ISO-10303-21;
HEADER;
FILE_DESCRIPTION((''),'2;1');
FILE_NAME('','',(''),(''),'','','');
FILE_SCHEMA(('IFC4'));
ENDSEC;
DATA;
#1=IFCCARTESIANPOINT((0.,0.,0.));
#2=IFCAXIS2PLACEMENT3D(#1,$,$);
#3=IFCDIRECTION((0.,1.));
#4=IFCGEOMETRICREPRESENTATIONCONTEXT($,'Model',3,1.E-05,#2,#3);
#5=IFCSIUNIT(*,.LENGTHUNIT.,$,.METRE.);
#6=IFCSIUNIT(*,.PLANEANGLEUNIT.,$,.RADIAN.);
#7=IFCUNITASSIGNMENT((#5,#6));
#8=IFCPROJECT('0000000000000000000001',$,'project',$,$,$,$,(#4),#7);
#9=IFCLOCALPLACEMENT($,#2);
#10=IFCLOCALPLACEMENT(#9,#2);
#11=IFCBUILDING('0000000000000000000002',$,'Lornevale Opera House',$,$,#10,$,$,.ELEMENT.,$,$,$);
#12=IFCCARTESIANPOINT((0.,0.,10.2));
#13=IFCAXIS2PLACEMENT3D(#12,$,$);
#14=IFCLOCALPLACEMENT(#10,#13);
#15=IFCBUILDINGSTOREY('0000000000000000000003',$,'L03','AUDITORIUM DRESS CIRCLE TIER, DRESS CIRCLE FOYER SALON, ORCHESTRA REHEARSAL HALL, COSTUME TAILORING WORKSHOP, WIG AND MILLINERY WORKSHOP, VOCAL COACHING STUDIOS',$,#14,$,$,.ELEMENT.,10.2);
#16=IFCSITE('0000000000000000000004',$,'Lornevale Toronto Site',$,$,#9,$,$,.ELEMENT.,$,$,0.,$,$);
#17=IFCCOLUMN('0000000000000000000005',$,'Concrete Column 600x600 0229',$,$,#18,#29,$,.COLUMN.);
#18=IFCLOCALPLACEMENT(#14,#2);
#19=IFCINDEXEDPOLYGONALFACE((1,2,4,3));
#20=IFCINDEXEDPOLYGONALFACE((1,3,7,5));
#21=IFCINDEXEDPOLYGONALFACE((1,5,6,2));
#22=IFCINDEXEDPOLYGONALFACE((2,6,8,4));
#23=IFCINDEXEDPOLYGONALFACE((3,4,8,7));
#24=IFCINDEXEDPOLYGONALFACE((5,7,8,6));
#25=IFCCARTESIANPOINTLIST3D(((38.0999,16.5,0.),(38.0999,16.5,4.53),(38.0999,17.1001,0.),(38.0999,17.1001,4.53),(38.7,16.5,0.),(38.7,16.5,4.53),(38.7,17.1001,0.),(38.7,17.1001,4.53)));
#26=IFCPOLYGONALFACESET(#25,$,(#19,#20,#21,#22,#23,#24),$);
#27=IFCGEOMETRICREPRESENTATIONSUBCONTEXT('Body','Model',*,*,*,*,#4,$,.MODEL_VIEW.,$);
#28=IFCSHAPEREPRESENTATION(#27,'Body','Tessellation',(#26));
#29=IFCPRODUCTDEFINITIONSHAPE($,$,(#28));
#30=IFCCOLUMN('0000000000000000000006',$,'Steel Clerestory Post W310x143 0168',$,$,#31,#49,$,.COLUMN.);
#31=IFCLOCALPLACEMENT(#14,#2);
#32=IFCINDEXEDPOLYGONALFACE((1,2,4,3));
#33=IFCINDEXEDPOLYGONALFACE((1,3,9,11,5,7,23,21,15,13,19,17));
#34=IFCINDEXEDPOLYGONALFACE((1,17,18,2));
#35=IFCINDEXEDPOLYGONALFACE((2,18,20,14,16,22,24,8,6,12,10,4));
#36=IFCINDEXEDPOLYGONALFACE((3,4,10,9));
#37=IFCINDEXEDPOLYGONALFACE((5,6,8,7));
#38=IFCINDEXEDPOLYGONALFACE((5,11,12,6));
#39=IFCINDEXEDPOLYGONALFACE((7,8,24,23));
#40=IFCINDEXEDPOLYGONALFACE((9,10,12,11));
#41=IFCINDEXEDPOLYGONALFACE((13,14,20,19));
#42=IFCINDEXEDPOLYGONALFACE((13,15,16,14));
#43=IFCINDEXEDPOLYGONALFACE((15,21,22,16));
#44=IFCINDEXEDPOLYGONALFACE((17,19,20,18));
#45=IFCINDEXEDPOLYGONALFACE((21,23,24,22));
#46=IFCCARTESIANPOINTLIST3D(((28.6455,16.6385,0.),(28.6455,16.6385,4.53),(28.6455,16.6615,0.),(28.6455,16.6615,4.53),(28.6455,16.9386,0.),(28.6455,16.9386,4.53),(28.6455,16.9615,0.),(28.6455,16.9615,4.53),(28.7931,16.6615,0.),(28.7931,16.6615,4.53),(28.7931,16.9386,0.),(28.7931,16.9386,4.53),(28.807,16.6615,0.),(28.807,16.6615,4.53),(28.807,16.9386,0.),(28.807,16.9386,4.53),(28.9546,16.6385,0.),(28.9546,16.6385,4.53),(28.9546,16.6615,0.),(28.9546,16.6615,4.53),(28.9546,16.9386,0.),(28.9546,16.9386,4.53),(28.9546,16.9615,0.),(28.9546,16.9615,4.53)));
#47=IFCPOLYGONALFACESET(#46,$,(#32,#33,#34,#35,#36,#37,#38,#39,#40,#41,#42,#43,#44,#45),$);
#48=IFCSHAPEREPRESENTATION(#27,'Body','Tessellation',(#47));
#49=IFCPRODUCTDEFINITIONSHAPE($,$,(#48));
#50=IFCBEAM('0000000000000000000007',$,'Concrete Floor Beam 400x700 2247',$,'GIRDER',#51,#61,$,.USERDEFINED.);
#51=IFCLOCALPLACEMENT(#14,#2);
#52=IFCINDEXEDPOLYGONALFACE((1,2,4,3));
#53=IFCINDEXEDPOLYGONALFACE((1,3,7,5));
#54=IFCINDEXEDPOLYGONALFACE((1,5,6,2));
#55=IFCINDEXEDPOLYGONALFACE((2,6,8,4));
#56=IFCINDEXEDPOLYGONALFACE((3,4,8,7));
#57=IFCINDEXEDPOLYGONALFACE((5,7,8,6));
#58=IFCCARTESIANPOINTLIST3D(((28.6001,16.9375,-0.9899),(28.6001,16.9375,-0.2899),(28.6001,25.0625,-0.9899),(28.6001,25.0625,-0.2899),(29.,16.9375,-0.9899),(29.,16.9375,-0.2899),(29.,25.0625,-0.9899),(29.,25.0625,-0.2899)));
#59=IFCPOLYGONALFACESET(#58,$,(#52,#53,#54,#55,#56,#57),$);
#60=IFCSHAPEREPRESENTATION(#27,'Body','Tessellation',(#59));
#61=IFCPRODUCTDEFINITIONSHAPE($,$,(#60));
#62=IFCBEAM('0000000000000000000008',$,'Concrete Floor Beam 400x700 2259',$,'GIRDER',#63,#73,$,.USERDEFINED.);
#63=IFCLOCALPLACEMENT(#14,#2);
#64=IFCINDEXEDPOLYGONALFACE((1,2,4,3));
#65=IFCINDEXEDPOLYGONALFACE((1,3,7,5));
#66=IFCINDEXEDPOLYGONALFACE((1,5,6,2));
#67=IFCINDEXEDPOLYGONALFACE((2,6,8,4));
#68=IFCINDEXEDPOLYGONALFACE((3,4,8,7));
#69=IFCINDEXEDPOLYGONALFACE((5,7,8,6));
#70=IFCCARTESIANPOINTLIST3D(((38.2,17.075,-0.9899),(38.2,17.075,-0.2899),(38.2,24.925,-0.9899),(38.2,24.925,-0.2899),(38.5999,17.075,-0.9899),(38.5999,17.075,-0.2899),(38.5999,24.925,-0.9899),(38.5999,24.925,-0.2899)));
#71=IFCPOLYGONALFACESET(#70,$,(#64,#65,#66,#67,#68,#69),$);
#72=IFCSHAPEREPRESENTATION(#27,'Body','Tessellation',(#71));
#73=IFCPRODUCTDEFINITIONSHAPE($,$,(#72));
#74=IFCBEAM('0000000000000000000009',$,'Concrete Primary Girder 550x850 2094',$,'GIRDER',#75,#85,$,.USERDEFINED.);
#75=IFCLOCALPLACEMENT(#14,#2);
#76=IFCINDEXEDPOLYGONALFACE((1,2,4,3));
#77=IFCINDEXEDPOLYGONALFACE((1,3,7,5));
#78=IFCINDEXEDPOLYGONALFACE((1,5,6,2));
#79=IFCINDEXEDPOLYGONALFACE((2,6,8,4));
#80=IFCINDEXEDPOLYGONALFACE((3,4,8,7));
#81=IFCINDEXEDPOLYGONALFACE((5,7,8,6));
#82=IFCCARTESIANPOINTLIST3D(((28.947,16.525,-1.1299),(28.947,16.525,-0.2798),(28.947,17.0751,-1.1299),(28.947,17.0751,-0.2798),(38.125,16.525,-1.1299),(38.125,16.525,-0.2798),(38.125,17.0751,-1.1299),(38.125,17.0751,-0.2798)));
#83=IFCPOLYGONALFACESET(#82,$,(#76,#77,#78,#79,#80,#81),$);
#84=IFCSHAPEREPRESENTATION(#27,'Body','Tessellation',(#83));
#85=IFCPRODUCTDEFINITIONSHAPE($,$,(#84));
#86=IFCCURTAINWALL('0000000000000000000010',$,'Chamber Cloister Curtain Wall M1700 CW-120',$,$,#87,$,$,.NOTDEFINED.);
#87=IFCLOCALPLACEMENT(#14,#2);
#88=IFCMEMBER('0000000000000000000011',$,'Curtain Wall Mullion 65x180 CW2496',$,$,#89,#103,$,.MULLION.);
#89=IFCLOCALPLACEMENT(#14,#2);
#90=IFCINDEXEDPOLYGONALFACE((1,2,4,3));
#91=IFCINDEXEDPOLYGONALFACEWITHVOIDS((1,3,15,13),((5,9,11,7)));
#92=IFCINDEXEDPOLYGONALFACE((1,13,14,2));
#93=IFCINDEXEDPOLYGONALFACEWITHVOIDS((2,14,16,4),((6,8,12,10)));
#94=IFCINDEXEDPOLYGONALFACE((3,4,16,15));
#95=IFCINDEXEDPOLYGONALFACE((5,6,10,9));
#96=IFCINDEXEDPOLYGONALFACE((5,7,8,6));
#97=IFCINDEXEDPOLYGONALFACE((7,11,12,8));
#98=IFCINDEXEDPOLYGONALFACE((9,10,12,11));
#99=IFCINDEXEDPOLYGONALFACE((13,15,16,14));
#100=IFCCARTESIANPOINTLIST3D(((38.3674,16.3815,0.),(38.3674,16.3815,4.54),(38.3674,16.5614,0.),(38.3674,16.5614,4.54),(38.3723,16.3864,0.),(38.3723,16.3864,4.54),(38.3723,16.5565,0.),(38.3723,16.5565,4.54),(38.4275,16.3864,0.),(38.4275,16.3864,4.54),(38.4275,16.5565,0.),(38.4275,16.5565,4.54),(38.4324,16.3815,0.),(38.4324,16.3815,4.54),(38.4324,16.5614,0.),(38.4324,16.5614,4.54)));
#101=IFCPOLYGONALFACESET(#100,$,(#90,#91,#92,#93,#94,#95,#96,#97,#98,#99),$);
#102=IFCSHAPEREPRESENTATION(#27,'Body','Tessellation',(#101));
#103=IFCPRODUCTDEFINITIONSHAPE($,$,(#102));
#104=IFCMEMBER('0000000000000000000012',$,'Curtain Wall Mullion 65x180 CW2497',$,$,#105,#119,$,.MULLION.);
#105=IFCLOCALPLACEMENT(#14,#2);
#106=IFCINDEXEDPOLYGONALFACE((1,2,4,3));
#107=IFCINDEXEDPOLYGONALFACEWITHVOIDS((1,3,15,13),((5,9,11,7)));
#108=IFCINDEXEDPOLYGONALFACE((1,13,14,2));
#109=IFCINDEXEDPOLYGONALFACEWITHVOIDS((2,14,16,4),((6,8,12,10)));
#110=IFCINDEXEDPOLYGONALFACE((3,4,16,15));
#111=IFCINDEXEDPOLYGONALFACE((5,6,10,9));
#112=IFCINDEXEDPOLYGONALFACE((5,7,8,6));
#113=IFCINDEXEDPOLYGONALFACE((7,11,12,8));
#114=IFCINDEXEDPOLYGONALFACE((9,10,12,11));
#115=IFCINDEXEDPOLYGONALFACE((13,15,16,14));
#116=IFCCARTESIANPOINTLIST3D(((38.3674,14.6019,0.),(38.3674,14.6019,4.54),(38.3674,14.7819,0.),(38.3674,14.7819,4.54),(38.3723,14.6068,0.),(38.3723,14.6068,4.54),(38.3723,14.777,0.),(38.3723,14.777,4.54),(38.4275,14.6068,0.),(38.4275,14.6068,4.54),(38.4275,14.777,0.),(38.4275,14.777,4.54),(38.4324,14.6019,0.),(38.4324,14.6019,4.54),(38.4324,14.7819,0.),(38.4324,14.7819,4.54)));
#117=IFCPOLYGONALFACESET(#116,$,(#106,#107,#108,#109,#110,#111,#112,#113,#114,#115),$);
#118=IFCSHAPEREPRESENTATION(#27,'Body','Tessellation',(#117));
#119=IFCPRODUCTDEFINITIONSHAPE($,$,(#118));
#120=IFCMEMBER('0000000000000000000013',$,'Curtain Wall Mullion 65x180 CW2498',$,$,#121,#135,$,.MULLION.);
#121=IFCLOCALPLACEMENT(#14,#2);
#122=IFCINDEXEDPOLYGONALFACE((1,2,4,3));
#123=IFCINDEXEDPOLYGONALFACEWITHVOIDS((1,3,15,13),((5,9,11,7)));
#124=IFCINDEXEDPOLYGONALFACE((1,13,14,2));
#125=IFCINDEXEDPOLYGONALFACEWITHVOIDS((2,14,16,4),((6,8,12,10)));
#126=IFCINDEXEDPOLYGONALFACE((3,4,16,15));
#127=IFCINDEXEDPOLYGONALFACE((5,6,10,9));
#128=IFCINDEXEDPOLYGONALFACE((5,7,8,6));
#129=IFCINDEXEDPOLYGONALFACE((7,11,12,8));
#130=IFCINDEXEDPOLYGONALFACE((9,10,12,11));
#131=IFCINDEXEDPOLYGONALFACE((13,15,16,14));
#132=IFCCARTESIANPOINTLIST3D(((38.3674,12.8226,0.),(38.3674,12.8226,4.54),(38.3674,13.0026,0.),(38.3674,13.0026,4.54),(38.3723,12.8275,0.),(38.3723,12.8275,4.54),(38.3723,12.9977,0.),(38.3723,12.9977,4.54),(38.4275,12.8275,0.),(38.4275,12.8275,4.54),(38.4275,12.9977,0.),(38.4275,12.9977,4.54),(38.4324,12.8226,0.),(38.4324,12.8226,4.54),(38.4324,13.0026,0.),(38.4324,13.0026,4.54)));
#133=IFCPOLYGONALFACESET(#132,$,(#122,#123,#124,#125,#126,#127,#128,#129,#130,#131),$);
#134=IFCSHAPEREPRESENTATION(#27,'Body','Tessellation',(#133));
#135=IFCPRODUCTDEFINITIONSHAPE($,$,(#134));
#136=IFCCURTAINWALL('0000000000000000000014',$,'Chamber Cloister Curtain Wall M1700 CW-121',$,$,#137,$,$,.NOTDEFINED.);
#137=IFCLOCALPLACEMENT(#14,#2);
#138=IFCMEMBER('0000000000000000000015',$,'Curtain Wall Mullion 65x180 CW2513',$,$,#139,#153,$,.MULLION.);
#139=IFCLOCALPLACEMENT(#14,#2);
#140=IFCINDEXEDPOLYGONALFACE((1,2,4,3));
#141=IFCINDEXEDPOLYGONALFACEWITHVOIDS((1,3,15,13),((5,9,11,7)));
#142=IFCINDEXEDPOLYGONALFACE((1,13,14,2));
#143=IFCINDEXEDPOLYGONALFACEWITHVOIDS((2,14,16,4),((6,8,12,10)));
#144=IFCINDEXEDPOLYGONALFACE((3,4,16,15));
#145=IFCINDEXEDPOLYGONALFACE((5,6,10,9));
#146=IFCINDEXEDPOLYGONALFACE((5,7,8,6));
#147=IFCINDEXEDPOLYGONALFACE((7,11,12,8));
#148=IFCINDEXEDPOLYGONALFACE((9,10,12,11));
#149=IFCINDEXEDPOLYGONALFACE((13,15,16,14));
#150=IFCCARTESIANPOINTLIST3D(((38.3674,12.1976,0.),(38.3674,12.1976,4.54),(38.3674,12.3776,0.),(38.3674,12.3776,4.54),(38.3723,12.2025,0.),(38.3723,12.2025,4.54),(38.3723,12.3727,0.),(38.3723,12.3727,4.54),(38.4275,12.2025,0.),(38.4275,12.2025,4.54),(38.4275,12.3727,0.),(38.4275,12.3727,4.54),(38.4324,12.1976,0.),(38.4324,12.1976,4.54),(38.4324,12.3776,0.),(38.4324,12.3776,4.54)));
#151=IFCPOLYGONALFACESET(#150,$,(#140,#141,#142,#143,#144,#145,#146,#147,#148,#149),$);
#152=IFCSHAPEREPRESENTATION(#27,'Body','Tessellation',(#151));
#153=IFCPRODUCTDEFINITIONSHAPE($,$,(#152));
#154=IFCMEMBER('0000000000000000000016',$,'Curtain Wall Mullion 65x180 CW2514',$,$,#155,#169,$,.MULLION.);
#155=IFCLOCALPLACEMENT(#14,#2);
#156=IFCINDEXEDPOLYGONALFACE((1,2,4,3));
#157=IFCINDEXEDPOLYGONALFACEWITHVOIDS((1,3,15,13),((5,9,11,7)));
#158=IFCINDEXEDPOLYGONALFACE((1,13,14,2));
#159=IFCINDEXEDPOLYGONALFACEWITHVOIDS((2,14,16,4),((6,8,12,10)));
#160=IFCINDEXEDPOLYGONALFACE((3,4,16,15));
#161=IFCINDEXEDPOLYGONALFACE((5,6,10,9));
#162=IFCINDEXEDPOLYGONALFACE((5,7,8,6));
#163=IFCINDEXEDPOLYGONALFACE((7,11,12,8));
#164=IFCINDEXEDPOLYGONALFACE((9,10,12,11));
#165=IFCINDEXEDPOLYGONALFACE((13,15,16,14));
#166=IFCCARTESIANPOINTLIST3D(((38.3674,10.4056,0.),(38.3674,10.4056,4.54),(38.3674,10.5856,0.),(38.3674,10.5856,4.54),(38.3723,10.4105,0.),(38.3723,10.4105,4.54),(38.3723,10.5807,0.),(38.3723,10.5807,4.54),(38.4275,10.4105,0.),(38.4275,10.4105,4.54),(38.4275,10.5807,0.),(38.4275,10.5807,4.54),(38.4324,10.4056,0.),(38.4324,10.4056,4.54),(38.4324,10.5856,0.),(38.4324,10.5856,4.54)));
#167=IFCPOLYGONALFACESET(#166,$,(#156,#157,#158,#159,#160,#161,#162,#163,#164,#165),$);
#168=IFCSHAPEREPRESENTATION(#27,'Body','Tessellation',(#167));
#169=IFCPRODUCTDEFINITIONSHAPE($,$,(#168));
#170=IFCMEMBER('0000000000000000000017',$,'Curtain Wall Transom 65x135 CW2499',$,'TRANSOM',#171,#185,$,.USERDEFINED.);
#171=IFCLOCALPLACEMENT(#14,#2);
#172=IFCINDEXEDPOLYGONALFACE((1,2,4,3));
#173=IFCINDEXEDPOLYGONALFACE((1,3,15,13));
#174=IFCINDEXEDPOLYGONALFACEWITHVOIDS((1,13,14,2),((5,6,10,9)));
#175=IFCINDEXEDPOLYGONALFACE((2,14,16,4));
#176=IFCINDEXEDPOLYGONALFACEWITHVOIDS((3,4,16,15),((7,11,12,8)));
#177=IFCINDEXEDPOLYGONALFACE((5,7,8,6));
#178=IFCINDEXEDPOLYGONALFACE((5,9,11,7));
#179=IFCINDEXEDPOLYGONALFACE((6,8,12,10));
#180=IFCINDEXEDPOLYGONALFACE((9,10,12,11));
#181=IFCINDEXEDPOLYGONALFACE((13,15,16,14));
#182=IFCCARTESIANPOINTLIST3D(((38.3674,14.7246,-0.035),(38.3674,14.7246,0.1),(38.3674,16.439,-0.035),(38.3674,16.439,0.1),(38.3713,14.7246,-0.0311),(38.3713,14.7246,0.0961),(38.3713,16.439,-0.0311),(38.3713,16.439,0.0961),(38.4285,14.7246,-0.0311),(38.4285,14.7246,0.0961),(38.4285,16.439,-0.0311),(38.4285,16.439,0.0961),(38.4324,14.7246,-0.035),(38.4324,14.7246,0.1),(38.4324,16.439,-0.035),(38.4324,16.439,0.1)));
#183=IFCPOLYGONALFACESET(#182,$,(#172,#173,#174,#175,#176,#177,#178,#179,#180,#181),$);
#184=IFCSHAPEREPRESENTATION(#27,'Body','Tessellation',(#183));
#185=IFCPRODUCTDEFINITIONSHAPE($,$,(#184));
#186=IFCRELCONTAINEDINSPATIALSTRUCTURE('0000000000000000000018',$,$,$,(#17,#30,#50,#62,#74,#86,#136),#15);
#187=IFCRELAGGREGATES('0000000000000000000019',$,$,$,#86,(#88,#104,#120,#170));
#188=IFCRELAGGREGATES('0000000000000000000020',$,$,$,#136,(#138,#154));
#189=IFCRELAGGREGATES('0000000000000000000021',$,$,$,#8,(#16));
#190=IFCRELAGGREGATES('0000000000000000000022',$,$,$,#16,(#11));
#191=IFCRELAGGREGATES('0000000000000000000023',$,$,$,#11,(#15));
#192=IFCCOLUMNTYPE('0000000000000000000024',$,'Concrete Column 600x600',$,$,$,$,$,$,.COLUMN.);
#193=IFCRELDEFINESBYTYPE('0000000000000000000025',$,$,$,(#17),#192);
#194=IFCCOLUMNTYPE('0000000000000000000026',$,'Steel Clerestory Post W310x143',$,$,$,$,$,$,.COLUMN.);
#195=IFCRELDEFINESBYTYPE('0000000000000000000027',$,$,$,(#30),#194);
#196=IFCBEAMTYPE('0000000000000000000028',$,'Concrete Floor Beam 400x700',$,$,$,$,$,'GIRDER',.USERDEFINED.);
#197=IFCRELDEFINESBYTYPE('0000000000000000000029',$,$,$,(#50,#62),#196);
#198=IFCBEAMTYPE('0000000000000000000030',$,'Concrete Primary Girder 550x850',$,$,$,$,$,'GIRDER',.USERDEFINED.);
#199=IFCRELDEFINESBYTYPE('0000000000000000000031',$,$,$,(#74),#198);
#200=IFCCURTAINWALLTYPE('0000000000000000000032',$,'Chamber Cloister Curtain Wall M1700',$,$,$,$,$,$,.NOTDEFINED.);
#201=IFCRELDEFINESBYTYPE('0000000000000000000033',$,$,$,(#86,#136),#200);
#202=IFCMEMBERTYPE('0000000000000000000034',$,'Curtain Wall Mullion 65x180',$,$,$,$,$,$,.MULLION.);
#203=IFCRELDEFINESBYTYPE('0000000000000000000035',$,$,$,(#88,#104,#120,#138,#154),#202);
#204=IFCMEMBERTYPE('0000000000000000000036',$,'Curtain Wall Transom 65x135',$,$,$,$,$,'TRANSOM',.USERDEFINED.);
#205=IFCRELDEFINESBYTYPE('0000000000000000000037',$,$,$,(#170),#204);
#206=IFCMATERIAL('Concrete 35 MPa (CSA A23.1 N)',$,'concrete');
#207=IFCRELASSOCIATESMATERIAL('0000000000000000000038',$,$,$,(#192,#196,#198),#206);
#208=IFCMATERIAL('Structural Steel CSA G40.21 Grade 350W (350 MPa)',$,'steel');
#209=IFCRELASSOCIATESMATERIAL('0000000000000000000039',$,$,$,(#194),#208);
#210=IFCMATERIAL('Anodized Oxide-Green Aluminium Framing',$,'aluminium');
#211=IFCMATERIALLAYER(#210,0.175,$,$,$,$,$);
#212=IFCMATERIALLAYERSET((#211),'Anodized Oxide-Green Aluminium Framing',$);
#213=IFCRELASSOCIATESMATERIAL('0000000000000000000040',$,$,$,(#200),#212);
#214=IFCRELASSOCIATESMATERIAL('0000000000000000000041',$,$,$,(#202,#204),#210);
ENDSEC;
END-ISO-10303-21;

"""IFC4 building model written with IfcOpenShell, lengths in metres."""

from ifc_helpers import new_model, si_unit, direction, frame, origin, origin_2d, place, context, subcontext, project, spatial, rectangle, hollow_rectangle, i_section, extrude, material, layer, layer_set, material_profile, profile_set, type_object, element, aggregate, save


model = new_model("IFC4")

# Units and contexts
model_context = context("Model", 3, precision=1e-05, world=origin(), true_north=direction((0.0, 1.0)))
body_context = subcontext(model_context, "Body", "Model", "MODEL_VIEW")
ifc_project = project(units=[si_unit("LENGTHUNIT", "METRE"), si_unit("PLANEANGLEUNIT", "RADIAN")], contexts=[model_context])

# Site, building, storey
site_placement = place(None, origin())
site = spatial("IfcSite", under=ifc_project, at=site_placement, Name="Lornevale Toronto Site", CompositionType="ELEMENT", RefElevation=0.0)
building_placement = place(site_placement, origin())
building = spatial("IfcBuilding", under=site, at=building_placement, Name="Lornevale Opera House", CompositionType="ELEMENT")
storey_placement = place(building_placement, frame((0.0, 0.0, 10.2)))
storey = spatial("IfcBuildingStorey", under=building, at=storey_placement, Name="L03", Description="AUDITORIUM DRESS CIRCLE TIER, DRESS CIRCLE FOYER SALON, ORCHESTRA REHEARSAL HALL, COSTUME TAILORING WORKSHOP, WIG AND MILLINERY WORKSHOP, VOCAL COACHING STUDIOS", CompositionType="ELEMENT", Elevation=10.2)

# Columns
ifc_material_1 = material(Name="Concrete 35 MPa (CSA A23.1 N)", Category="concrete")
ifc_material_profile_1 = material_profile(ifc_material_1, rectangle(XDim=0.6001, YDim=0.6001, at=origin_2d()), Name="RC600x600")
ifc_profile_set_1 = profile_set([ifc_material_profile_1], Name="Concrete 35 MPa (CSA A23.1 N)")
column_type_1 = type_object("IfcColumnType", Name="Concrete Column 600x600", PredefinedType="COLUMN", material=ifc_profile_set_1)
column_1_placement = place(storey_placement, frame((38.3999, 16.8, 0.0), z_axis=(0.0, 0.0, 1.0), x_axis=(1.0, 0.0, 0.0)))
element("IfcColumn", 1, at=column_1_placement, inside=storey, type_object=column_type_1, Name="Concrete Column 600x600 0229", PredefinedType="COLUMN", context=body_context, shape_type="SweptSolid", body=[
    extrude(rectangle(XDim=0.6001, YDim=0.6001, at=origin_2d()), origin(), (0.0, 0.0, 1.0), 4.53),
])
ifc_material_2 = material(Name="Structural Steel CSA G40.21 Grade 350W (350 MPa)", Category="steel")
ifc_material_profile_2 = material_profile(ifc_material_2, i_section(OverallWidth=0.3091, OverallDepth=0.323, WebThickness=0.0139, FlangeThickness=0.0229, at=origin_2d()), Name="W310x143")
ifc_profile_set_2 = profile_set([ifc_material_profile_2], Name="Structural Steel CSA G40.21 Grade 350W (350 MPa)")
column_type_2 = type_object("IfcColumnType", Name="Steel Clerestory Post W310x143", PredefinedType="COLUMN", material=ifc_profile_set_2)
column_2_placement = place(storey_placement, frame((28.8, 16.8, 0.0), z_axis=(0.0, 0.0, 1.0), x_axis=(1.0, 0.0, 0.0)))
element("IfcColumn", 2, at=column_2_placement, inside=storey, type_object=column_type_2, Name="Steel Clerestory Post W310x143 0168", PredefinedType="COLUMN", context=body_context, shape_type="SweptSolid", body=[
    extrude(i_section(OverallWidth=0.3091, OverallDepth=0.323, WebThickness=0.0139, FlangeThickness=0.0229, at=origin_2d()), origin(), (0.0, 0.0, 1.0), 4.53),
])

# Beams
ifc_material_profile_3 = material_profile(ifc_material_1, rectangle(XDim=0.3999, YDim=0.7, at=origin_2d()), Name="RC400x700")
ifc_profile_set_3 = profile_set([ifc_material_profile_3], Name="Concrete 35 MPa (CSA A23.1 N)")
beam_type_1 = type_object("IfcBeamType", Name="Concrete Floor Beam 400x700", ElementType="GIRDER", PredefinedType="USERDEFINED", material=ifc_profile_set_3)
beam_1_placement = place(storey_placement, frame((28.8, 16.9375, -0.6399), z_axis=(0.0, 1.0, 0.0), x_axis=(-1.0, 0.0, 0.0)))
element("IfcBeam", 3, at=beam_1_placement, inside=storey, type_object=beam_type_1, Name="Concrete Floor Beam 400x700 2247", ObjectType="GIRDER", PredefinedType="USERDEFINED", context=body_context, shape_type="SweptSolid", body=[
    extrude(rectangle(XDim=0.3999, YDim=0.7, at=origin_2d()), origin(), (0.0, 0.0, 1.0), 8.125),
])
beam_2_placement = place(storey_placement, frame((38.3999, 17.075, -0.6399), z_axis=(0.0, 1.0, 0.0), x_axis=(-1.0, 0.0, 0.0)))
element("IfcBeam", 4, at=beam_2_placement, inside=storey, type_object=beam_type_1, Name="Concrete Floor Beam 400x700 2259", ObjectType="GIRDER", PredefinedType="USERDEFINED", context=body_context, shape_type="SweptSolid", body=[
    extrude(rectangle(XDim=0.3999, YDim=0.7, at=origin_2d()), origin(), (0.0, 0.0, 1.0), 7.8501),
])
ifc_material_profile_4 = material_profile(ifc_material_1, rectangle(XDim=0.55, YDim=0.8501, at=origin_2d()), Name="RC550x850")
ifc_profile_set_4 = profile_set([ifc_material_profile_4], Name="Concrete 35 MPa (CSA A23.1 N)")
beam_type_2 = type_object("IfcBeamType", Name="Concrete Primary Girder 550x850", ElementType="GIRDER", PredefinedType="USERDEFINED", material=ifc_profile_set_4)
beam_3_placement = place(storey_placement, frame((28.947, 16.8, -0.7048), z_axis=(1.0, 0.0, 0.0), x_axis=(0.0, 1.0, 0.0)))
element("IfcBeam", 5, at=beam_3_placement, inside=storey, type_object=beam_type_2, Name="Concrete Primary Girder 550x850 2094", ObjectType="GIRDER", PredefinedType="USERDEFINED", context=body_context, shape_type="SweptSolid", body=[
    extrude(rectangle(XDim=0.55, YDim=0.8501, at=origin_2d()), origin(), (0.0, 0.0, 1.0), 9.178),
])

# Curtain walls, members
ifc_material_3 = material(Name="Anodized Oxide-Green Aluminium Framing", Category="aluminium")
ifc_layer_1 = layer(ifc_material_3, 0.175)
ifc_layer_set_1 = layer_set([ifc_layer_1], Name="Anodized Oxide-Green Aluminium Framing")
curtain_wall_type = type_object("IfcCurtainWallType", Name="Chamber Cloister Curtain Wall M1700", PredefinedType="NOTDEFINED", material=ifc_layer_set_1)
curtain_wall_1_placement = place(storey_placement, origin())
curtain_wall_1 = element("IfcCurtainWall", 6, at=curtain_wall_1_placement, inside=storey, type_object=curtain_wall_type, Name="Chamber Cloister Curtain Wall M1700 CW-120", PredefinedType="NOTDEFINED")
ifc_material_profile_5 = material_profile(ifc_material_3, hollow_rectangle(XDim=0.0649, YDim=0.1799, WallThickness=0.0049, at=origin_2d()), Name="ALU65x180x5")
ifc_profile_set_5 = profile_set([ifc_material_profile_5], Name="Anodized Oxide-Green Aluminium Framing")
member_type_1 = type_object("IfcMemberType", Name="Curtain Wall Mullion 65x180", PredefinedType="MULLION", material=ifc_profile_set_5)
member_1_placement = place(storey_placement, frame((38.3999, 16.4714, 0.0), z_axis=(0.0, 0.0, 1.0), x_axis=(1.0, 0.0, 0.0)))
member_1 = element("IfcMember", 7, at=member_1_placement, type_object=member_type_1, Name="Curtain Wall Mullion 65x180 CW2496", PredefinedType="MULLION", context=body_context, shape_type="SweptSolid", body=[
    extrude(hollow_rectangle(XDim=0.0649, YDim=0.1799, WallThickness=0.0049, at=origin_2d()), origin(), (0.0, 0.0, 1.0), 4.54),
])
member_2_placement = place(storey_placement, frame((38.3999, 14.6919, 0.0), z_axis=(0.0, 0.0, 1.0), x_axis=(1.0, 0.0, 0.0)))
member_2 = element("IfcMember", 8, at=member_2_placement, type_object=member_type_1, Name="Curtain Wall Mullion 65x180 CW2497", PredefinedType="MULLION", context=body_context, shape_type="SweptSolid", body=[
    extrude(hollow_rectangle(XDim=0.0649, YDim=0.1799, WallThickness=0.0049, at=origin_2d()), origin(), (0.0, 0.0, 1.0), 4.54),
])
member_3_placement = place(storey_placement, frame((38.3999, 12.9126, 0.0), z_axis=(0.0, 0.0, 1.0), x_axis=(1.0, 0.0, 0.0)))
member_3 = element("IfcMember", 9, at=member_3_placement, type_object=member_type_1, Name="Curtain Wall Mullion 65x180 CW2498", PredefinedType="MULLION", context=body_context, shape_type="SweptSolid", body=[
    extrude(hollow_rectangle(XDim=0.0649, YDim=0.1799, WallThickness=0.0049, at=origin_2d()), origin(), (0.0, 0.0, 1.0), 4.54),
])
curtain_wall_2_placement = place(storey_placement, origin())
curtain_wall_2 = element("IfcCurtainWall", 10, at=curtain_wall_2_placement, inside=storey, type_object=curtain_wall_type, Name="Chamber Cloister Curtain Wall M1700 CW-121", PredefinedType="NOTDEFINED")
member_4_placement = place(storey_placement, frame((38.3999, 12.2876, 0.0), z_axis=(0.0, 0.0, 1.0), x_axis=(1.0, 0.0, 0.0)))
member_4 = element("IfcMember", 11, at=member_4_placement, type_object=member_type_1, Name="Curtain Wall Mullion 65x180 CW2513", PredefinedType="MULLION", context=body_context, shape_type="SweptSolid", body=[
    extrude(hollow_rectangle(XDim=0.0649, YDim=0.1799, WallThickness=0.0049, at=origin_2d()), origin(), (0.0, 0.0, 1.0), 4.54),
])
member_5_placement = place(storey_placement, frame((38.3999, 10.4956, 0.0), z_axis=(0.0, 0.0, 1.0), x_axis=(1.0, 0.0, 0.0)))
member_5 = element("IfcMember", 12, at=member_5_placement, type_object=member_type_1, Name="Curtain Wall Mullion 65x180 CW2514", PredefinedType="MULLION", context=body_context, shape_type="SweptSolid", body=[
    extrude(hollow_rectangle(XDim=0.0649, YDim=0.1799, WallThickness=0.0049, at=origin_2d()), origin(), (0.0, 0.0, 1.0), 4.54),
])

# Member
ifc_material_profile_6 = material_profile(ifc_material_3, hollow_rectangle(XDim=0.0649, YDim=0.135, WallThickness=0.0039, at=origin_2d()), Name="ALU65x135x4")
ifc_profile_set_6 = profile_set([ifc_material_profile_6], Name="Anodized Oxide-Green Aluminium Framing")
member_type_2 = type_object("IfcMemberType", Name="Curtain Wall Transom 65x135", ElementType="TRANSOM", PredefinedType="USERDEFINED", material=ifc_profile_set_6)
member_6_placement = place(storey_placement, frame((38.3999, 16.439, 0.0325), z_axis=(0.0, -1.0, 0.0), x_axis=(1.0, 0.0, 0.0)))
member_6 = element("IfcMember", 13, at=member_6_placement, type_object=member_type_2, Name="Curtain Wall Transom 65x135 CW2499", ObjectType="TRANSOM", PredefinedType="USERDEFINED", context=body_context, shape_type="SweptSolid", body=[
    extrude(hollow_rectangle(XDim=0.0649, YDim=0.135, WallThickness=0.0039, at=origin_2d()), origin(), (0.0, 0.0, 1.0), 1.7144),
])

aggregate(curtain_wall_1, [member_1, member_2, member_3, member_6])
aggregate(curtain_wall_2, [member_4, member_5])

save(model, "model.ifc")
